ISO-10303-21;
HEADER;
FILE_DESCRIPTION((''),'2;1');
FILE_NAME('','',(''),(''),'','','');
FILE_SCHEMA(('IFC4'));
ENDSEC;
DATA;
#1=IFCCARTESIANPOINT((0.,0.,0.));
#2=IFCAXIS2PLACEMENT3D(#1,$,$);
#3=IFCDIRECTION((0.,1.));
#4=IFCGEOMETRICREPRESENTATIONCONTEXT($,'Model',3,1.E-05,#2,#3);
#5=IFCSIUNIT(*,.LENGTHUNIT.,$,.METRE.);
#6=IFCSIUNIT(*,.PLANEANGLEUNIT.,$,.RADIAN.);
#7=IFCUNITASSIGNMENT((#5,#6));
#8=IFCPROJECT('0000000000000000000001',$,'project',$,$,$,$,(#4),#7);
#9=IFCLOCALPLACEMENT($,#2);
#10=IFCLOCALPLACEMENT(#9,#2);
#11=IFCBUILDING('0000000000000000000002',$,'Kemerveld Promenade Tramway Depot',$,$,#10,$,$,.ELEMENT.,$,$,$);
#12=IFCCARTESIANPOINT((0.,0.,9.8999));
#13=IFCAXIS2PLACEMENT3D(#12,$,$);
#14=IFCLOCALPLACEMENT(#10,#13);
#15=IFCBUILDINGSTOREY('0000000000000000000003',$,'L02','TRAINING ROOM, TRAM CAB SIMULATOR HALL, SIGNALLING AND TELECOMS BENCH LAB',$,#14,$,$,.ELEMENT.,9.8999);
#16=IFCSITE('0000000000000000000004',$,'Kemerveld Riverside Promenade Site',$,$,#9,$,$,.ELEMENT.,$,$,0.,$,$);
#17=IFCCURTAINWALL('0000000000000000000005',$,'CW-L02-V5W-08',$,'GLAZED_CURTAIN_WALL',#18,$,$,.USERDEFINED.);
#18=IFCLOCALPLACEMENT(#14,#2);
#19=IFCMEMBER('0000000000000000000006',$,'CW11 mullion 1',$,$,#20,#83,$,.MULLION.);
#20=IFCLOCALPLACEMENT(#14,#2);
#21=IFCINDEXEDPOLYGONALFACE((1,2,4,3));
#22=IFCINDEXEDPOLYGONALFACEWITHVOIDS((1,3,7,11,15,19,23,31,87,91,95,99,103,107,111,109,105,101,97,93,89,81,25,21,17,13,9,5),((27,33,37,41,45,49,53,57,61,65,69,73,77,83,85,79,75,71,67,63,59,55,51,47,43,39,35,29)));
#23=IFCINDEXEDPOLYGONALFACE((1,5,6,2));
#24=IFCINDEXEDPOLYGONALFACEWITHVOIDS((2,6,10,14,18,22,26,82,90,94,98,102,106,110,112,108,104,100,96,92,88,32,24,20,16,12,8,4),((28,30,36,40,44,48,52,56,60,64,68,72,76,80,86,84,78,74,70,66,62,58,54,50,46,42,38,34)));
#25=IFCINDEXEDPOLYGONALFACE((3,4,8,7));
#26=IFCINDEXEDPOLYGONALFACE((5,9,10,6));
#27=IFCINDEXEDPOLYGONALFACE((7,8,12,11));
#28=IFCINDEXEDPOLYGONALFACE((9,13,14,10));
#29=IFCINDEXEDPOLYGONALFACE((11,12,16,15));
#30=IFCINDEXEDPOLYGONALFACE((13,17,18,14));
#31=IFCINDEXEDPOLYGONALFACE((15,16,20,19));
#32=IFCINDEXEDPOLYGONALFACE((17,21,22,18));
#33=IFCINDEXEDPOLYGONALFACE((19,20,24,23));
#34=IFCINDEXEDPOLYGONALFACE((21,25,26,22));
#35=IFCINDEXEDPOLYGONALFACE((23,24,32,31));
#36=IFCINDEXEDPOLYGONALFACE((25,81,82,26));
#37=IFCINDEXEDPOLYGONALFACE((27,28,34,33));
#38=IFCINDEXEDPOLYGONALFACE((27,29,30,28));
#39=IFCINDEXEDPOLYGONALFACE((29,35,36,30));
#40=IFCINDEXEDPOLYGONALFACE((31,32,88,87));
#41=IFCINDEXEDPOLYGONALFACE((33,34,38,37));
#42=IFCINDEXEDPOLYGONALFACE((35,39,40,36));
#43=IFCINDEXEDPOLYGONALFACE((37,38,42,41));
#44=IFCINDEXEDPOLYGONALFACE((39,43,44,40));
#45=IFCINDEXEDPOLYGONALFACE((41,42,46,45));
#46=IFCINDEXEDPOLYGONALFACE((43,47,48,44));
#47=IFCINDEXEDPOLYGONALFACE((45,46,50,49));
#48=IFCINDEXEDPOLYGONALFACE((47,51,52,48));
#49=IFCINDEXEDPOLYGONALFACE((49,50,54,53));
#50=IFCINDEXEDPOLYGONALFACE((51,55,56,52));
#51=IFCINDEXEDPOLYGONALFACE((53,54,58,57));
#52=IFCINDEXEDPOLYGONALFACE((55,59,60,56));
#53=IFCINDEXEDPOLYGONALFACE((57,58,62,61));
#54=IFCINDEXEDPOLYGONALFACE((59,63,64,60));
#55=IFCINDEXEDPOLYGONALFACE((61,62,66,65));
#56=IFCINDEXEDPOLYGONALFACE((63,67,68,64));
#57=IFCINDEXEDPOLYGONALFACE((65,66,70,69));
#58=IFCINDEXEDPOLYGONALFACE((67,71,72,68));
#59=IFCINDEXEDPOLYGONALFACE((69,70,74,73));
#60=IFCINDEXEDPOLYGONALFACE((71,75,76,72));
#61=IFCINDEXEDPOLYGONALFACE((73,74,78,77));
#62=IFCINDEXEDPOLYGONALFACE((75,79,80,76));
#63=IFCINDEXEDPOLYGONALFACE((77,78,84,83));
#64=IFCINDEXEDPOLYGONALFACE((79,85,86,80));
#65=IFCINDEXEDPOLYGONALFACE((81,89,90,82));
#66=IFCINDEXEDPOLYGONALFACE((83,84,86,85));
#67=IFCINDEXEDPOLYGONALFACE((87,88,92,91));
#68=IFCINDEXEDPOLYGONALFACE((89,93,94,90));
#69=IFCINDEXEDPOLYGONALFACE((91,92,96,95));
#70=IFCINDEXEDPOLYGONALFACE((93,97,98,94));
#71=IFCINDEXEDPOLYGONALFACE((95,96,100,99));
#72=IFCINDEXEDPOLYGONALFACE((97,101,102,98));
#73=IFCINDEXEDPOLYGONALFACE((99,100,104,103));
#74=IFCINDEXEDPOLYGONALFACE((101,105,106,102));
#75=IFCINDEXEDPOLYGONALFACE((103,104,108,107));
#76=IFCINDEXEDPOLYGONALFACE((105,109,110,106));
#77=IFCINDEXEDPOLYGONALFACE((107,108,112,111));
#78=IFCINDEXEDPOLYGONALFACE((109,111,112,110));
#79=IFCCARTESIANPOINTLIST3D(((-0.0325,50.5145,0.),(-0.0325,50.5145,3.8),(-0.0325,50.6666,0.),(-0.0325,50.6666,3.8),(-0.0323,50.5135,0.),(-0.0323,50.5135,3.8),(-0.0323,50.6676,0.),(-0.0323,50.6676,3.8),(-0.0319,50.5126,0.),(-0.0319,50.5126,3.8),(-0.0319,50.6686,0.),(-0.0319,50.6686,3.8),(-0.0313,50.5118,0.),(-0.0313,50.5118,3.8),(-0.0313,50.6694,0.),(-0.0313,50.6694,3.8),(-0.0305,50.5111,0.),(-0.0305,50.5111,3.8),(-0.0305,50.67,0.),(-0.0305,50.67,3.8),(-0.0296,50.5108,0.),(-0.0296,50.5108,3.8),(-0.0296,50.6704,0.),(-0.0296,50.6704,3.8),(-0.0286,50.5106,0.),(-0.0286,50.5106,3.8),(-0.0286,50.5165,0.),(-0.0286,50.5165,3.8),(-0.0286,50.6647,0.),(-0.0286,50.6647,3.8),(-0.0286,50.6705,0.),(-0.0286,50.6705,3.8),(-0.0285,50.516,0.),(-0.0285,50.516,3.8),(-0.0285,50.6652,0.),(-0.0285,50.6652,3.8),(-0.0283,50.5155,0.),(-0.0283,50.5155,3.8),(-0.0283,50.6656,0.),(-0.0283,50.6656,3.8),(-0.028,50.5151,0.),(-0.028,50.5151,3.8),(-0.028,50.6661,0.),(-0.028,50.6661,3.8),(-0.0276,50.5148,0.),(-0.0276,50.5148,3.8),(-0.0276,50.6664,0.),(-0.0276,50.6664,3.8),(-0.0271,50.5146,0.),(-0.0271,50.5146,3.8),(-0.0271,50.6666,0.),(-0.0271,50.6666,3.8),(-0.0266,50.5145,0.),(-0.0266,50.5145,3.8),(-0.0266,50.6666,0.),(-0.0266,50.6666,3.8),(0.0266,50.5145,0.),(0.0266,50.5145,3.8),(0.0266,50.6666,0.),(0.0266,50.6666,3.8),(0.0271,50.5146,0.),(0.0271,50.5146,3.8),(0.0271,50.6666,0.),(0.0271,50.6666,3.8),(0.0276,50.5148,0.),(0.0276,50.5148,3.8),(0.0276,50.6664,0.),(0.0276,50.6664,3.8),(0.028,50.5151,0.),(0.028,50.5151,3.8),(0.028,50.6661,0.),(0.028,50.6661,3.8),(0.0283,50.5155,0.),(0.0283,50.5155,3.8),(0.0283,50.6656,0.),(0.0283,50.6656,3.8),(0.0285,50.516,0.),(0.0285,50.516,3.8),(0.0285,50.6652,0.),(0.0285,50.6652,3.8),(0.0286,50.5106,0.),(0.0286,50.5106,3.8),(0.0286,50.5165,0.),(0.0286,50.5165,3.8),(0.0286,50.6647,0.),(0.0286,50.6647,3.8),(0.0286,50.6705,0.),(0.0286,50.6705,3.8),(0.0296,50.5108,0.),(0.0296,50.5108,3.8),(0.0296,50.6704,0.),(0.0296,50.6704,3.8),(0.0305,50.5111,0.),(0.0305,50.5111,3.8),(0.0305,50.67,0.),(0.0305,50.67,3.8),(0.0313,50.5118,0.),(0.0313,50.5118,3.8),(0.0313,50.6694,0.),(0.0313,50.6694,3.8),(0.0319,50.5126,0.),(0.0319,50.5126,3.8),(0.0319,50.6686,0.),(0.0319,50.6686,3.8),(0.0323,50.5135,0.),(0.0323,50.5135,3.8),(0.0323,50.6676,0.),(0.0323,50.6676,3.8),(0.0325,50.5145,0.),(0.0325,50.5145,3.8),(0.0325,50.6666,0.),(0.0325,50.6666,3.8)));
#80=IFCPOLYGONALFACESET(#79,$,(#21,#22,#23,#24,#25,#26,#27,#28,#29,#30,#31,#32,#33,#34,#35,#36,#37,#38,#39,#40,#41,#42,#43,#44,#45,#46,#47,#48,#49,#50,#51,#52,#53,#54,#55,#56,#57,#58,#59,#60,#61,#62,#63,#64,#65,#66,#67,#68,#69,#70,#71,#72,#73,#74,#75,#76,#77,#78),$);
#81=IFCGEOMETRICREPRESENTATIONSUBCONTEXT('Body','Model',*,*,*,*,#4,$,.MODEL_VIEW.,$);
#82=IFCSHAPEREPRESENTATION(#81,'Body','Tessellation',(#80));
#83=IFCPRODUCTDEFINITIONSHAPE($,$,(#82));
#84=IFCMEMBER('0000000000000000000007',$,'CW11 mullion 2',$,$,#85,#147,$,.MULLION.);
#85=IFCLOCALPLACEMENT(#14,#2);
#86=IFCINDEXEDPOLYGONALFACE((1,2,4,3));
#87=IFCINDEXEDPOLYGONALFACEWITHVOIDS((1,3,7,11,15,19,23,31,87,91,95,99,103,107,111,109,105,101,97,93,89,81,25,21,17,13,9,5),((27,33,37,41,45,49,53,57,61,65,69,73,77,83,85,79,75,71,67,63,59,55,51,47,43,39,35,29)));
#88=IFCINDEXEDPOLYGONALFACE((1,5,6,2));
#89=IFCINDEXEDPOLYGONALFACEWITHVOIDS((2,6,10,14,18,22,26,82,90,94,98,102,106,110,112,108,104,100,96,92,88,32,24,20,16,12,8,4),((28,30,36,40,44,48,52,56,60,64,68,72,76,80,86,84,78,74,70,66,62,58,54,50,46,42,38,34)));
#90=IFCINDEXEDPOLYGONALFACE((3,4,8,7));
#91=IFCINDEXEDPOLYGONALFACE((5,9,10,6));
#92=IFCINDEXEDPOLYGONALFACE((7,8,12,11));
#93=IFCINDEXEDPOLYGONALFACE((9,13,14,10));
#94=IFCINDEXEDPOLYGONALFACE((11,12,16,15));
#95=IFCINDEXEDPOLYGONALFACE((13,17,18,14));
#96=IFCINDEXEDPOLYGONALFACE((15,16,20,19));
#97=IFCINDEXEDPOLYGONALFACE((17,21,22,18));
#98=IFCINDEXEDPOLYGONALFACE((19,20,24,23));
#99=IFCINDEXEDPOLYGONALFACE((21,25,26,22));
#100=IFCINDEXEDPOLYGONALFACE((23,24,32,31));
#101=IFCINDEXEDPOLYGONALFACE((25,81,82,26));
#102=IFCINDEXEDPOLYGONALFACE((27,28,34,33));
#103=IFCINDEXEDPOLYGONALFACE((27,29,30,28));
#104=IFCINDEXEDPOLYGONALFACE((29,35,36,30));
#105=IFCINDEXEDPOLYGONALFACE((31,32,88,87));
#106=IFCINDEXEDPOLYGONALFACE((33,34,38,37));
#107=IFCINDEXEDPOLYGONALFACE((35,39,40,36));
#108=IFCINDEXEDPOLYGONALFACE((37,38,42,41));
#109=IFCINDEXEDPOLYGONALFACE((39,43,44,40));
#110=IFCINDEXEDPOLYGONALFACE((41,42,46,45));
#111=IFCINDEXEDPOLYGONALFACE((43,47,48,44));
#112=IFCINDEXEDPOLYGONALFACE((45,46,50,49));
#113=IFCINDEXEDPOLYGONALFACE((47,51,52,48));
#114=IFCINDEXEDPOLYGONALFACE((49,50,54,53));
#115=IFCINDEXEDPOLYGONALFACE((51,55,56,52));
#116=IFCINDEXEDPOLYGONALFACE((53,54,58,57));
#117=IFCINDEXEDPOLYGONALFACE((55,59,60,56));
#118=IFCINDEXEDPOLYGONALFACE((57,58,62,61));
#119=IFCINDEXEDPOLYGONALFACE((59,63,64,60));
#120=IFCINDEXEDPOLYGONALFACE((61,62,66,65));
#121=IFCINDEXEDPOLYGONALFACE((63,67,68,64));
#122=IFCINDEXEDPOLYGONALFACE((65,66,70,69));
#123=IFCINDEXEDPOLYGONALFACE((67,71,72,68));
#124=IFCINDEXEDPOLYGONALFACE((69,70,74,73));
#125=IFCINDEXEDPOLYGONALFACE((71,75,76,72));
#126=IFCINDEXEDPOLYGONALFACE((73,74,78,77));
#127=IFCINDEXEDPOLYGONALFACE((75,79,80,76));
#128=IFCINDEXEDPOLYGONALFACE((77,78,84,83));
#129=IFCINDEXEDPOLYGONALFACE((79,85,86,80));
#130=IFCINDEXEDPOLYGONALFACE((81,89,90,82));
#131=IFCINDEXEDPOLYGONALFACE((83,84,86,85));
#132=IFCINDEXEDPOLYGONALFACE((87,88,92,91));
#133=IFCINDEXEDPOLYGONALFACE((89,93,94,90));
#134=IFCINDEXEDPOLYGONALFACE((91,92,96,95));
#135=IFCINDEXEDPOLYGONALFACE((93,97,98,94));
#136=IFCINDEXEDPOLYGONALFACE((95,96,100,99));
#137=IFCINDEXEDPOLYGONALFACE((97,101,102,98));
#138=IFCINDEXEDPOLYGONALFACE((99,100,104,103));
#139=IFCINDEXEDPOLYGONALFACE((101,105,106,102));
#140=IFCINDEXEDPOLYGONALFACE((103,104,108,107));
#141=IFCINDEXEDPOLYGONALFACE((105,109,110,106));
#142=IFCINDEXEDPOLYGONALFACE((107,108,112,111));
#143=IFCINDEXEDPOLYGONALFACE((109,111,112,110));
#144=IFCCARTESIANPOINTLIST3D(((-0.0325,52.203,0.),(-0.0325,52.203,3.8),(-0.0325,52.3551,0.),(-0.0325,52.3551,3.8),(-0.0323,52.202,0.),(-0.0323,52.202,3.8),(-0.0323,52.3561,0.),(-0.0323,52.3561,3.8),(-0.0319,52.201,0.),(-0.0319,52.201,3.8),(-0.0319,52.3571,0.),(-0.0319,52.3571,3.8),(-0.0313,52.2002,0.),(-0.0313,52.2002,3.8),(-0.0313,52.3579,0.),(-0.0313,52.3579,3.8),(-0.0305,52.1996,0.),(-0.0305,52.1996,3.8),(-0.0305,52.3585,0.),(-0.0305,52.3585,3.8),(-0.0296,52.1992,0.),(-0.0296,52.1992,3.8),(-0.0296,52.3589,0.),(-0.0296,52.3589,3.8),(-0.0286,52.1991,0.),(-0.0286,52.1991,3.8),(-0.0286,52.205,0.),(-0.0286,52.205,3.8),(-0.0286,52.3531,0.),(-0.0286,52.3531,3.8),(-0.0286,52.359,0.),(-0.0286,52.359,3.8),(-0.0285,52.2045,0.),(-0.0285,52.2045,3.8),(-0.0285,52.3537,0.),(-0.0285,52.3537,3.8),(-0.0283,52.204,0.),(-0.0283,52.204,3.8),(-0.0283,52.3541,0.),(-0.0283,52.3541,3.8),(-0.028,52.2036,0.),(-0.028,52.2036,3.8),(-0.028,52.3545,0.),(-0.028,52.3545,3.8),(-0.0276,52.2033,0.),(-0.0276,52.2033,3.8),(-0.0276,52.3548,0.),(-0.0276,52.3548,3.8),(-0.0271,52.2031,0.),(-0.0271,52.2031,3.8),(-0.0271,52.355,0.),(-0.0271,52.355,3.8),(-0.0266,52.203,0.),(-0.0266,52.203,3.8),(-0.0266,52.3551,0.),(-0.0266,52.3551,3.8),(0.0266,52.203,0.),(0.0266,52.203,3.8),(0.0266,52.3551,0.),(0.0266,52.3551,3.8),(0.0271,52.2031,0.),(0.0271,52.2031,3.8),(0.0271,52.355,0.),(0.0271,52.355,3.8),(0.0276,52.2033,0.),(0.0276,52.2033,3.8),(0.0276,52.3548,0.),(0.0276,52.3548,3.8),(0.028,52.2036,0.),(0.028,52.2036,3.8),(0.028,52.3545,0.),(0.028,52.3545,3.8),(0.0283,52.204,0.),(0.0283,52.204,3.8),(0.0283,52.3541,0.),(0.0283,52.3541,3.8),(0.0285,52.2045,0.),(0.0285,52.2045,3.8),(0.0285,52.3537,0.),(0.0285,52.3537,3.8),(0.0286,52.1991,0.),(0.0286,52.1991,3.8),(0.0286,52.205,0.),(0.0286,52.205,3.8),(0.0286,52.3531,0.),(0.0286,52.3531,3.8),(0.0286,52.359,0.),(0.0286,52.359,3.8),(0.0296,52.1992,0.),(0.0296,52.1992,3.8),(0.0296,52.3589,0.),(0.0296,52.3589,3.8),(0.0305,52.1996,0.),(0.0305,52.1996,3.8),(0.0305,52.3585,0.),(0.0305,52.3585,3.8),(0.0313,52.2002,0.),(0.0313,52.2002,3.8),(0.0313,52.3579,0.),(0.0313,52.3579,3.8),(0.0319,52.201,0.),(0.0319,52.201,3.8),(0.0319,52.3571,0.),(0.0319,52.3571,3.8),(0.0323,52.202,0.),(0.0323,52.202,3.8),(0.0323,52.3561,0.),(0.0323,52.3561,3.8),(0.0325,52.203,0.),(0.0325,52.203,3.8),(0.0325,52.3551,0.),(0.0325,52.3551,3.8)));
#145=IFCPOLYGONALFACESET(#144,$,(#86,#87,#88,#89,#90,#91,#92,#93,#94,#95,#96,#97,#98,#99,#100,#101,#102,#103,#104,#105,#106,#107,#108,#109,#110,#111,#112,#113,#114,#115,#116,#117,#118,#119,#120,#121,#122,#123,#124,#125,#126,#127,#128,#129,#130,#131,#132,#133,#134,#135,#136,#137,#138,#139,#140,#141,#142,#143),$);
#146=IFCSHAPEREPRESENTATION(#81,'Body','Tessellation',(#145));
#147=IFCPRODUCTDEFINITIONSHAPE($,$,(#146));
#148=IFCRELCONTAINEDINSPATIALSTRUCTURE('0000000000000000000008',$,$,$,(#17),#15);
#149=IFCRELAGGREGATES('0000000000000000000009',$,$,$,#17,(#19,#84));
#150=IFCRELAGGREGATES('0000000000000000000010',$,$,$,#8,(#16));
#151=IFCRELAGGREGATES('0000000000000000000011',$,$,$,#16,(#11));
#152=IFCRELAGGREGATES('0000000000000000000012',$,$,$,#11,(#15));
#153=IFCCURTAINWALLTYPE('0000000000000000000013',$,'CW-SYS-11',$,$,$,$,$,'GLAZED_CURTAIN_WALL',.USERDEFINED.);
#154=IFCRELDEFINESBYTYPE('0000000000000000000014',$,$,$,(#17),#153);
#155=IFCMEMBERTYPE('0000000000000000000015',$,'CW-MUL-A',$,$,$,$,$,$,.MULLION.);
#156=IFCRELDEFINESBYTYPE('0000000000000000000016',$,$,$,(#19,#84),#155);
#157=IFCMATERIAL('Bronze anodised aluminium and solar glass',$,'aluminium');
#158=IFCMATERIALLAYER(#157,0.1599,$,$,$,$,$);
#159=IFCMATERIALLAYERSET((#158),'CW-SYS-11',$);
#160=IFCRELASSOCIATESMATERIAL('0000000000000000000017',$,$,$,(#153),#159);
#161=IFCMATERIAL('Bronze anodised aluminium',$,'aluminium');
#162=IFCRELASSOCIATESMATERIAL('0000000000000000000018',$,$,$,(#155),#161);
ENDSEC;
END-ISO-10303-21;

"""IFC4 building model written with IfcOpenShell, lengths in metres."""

from ifc_helpers import new_model, si_unit, direction, frame, origin, origin_2d, place, context, subcontext, project, spatial, hollow_rectangle, extrude, material, layer, layer_set, material_profile, profile_set, type_object, element, aggregate, save


model = new_model("IFC4")

# Units and contexts
model_context = context("Model", 3, precision=1e-05, world=origin(), true_north=direction((0.0, 1.0)))
body_context = subcontext(model_context, "Body", "Model", "MODEL_VIEW")
ifc_project = project(units=[si_unit("LENGTHUNIT", "METRE"), si_unit("PLANEANGLEUNIT", "RADIAN")], contexts=[model_context])

# Site, building, storey
site_placement = place(None, origin())
site = spatial("IfcSite", under=ifc_project, at=site_placement, Name="Kemerveld Riverside Promenade Site", CompositionType="ELEMENT", RefElevation=0.0)
building_placement = place(site_placement, origin())
building = spatial("IfcBuilding", under=site, at=building_placement, Name="Kemerveld Promenade Tramway Depot", CompositionType="ELEMENT")
storey_placement = place(building_placement, frame((0.0, 0.0, 9.8999)))
storey = spatial("IfcBuildingStorey", under=building, at=storey_placement, Name="L02", Description="TRAINING ROOM, TRAM CAB SIMULATOR HALL, SIGNALLING AND TELECOMS BENCH LAB", CompositionType="ELEMENT", Elevation=9.8999)

# Curtain wall, members
ifc_material_1 = material(Name="Bronze anodised aluminium and solar glass", Category="aluminium")
ifc_layer_1 = layer(ifc_material_1, 0.1599)
ifc_layer_set_1 = layer_set([ifc_layer_1], Name="CW-SYS-11")
curtain_wall_type = type_object("IfcCurtainWallType", Name="CW-SYS-11", ElementType="GLAZED_CURTAIN_WALL", PredefinedType="USERDEFINED", material=ifc_layer_set_1)
curtain_wall_placement = place(storey_placement, origin())
curtain_wall = element("IfcCurtainWall", 1, at=curtain_wall_placement, inside=storey, type_object=curtain_wall_type, Name="CW-L02-V5W-08", ObjectType="GLAZED_CURTAIN_WALL", PredefinedType="USERDEFINED")
ifc_material_2 = material(Name="Bronze anodised aluminium", Category="aluminium")
ifc_material_profile_1 = material_profile(ifc_material_2, hollow_rectangle(XDim=0.0649, YDim=0.1599, WallThickness=0.0039, InnerFilletRadius=0.002, OuterFilletRadius=0.0039, at=origin_2d()), Name="CW-MUL-160x65")
ifc_profile_set_1 = profile_set([ifc_material_profile_1], Name="Bronze anodised aluminium")
member_type_1 = type_object("IfcMemberType", Name="CW-MUL-A", PredefinedType="MULLION", material=ifc_profile_set_1)
member_1_placement = place(storey_placement, frame((0.0, 50.5906, 0.0), z_axis=(0.0, 0.0, 1.0), x_axis=(-1.0, 0.0, 0.0)))
member_1 = element("IfcMember", 2, at=member_1_placement, type_object=member_type_1, Name="CW11 mullion 1", PredefinedType="MULLION", context=body_context, shape_type="SweptSolid", body=[
    extrude(hollow_rectangle(XDim=0.0649, YDim=0.1599, WallThickness=0.0039, InnerFilletRadius=0.002, OuterFilletRadius=0.0039, at=origin_2d()), origin(), (0.0, 0.0, 1.0), 3.8),
])
member_2_placement = place(storey_placement, frame((0.0, 52.2791, 0.0), z_axis=(0.0, 0.0, 1.0), x_axis=(-1.0, 0.0, 0.0)))
member_2 = element("IfcMember", 3, at=member_2_placement, type_object=member_type_1, Name="CW11 mullion 2", PredefinedType="MULLION", context=body_context, shape_type="SweptSolid", body=[
    extrude(hollow_rectangle(XDim=0.0649, YDim=0.1599, WallThickness=0.0039, InnerFilletRadius=0.002, OuterFilletRadius=0.0039, at=origin_2d()), origin(), (0.0, 0.0, 1.0), 3.8),
])
aggregate(curtain_wall, [member_1, member_2])

save(model, "model.ifc")
